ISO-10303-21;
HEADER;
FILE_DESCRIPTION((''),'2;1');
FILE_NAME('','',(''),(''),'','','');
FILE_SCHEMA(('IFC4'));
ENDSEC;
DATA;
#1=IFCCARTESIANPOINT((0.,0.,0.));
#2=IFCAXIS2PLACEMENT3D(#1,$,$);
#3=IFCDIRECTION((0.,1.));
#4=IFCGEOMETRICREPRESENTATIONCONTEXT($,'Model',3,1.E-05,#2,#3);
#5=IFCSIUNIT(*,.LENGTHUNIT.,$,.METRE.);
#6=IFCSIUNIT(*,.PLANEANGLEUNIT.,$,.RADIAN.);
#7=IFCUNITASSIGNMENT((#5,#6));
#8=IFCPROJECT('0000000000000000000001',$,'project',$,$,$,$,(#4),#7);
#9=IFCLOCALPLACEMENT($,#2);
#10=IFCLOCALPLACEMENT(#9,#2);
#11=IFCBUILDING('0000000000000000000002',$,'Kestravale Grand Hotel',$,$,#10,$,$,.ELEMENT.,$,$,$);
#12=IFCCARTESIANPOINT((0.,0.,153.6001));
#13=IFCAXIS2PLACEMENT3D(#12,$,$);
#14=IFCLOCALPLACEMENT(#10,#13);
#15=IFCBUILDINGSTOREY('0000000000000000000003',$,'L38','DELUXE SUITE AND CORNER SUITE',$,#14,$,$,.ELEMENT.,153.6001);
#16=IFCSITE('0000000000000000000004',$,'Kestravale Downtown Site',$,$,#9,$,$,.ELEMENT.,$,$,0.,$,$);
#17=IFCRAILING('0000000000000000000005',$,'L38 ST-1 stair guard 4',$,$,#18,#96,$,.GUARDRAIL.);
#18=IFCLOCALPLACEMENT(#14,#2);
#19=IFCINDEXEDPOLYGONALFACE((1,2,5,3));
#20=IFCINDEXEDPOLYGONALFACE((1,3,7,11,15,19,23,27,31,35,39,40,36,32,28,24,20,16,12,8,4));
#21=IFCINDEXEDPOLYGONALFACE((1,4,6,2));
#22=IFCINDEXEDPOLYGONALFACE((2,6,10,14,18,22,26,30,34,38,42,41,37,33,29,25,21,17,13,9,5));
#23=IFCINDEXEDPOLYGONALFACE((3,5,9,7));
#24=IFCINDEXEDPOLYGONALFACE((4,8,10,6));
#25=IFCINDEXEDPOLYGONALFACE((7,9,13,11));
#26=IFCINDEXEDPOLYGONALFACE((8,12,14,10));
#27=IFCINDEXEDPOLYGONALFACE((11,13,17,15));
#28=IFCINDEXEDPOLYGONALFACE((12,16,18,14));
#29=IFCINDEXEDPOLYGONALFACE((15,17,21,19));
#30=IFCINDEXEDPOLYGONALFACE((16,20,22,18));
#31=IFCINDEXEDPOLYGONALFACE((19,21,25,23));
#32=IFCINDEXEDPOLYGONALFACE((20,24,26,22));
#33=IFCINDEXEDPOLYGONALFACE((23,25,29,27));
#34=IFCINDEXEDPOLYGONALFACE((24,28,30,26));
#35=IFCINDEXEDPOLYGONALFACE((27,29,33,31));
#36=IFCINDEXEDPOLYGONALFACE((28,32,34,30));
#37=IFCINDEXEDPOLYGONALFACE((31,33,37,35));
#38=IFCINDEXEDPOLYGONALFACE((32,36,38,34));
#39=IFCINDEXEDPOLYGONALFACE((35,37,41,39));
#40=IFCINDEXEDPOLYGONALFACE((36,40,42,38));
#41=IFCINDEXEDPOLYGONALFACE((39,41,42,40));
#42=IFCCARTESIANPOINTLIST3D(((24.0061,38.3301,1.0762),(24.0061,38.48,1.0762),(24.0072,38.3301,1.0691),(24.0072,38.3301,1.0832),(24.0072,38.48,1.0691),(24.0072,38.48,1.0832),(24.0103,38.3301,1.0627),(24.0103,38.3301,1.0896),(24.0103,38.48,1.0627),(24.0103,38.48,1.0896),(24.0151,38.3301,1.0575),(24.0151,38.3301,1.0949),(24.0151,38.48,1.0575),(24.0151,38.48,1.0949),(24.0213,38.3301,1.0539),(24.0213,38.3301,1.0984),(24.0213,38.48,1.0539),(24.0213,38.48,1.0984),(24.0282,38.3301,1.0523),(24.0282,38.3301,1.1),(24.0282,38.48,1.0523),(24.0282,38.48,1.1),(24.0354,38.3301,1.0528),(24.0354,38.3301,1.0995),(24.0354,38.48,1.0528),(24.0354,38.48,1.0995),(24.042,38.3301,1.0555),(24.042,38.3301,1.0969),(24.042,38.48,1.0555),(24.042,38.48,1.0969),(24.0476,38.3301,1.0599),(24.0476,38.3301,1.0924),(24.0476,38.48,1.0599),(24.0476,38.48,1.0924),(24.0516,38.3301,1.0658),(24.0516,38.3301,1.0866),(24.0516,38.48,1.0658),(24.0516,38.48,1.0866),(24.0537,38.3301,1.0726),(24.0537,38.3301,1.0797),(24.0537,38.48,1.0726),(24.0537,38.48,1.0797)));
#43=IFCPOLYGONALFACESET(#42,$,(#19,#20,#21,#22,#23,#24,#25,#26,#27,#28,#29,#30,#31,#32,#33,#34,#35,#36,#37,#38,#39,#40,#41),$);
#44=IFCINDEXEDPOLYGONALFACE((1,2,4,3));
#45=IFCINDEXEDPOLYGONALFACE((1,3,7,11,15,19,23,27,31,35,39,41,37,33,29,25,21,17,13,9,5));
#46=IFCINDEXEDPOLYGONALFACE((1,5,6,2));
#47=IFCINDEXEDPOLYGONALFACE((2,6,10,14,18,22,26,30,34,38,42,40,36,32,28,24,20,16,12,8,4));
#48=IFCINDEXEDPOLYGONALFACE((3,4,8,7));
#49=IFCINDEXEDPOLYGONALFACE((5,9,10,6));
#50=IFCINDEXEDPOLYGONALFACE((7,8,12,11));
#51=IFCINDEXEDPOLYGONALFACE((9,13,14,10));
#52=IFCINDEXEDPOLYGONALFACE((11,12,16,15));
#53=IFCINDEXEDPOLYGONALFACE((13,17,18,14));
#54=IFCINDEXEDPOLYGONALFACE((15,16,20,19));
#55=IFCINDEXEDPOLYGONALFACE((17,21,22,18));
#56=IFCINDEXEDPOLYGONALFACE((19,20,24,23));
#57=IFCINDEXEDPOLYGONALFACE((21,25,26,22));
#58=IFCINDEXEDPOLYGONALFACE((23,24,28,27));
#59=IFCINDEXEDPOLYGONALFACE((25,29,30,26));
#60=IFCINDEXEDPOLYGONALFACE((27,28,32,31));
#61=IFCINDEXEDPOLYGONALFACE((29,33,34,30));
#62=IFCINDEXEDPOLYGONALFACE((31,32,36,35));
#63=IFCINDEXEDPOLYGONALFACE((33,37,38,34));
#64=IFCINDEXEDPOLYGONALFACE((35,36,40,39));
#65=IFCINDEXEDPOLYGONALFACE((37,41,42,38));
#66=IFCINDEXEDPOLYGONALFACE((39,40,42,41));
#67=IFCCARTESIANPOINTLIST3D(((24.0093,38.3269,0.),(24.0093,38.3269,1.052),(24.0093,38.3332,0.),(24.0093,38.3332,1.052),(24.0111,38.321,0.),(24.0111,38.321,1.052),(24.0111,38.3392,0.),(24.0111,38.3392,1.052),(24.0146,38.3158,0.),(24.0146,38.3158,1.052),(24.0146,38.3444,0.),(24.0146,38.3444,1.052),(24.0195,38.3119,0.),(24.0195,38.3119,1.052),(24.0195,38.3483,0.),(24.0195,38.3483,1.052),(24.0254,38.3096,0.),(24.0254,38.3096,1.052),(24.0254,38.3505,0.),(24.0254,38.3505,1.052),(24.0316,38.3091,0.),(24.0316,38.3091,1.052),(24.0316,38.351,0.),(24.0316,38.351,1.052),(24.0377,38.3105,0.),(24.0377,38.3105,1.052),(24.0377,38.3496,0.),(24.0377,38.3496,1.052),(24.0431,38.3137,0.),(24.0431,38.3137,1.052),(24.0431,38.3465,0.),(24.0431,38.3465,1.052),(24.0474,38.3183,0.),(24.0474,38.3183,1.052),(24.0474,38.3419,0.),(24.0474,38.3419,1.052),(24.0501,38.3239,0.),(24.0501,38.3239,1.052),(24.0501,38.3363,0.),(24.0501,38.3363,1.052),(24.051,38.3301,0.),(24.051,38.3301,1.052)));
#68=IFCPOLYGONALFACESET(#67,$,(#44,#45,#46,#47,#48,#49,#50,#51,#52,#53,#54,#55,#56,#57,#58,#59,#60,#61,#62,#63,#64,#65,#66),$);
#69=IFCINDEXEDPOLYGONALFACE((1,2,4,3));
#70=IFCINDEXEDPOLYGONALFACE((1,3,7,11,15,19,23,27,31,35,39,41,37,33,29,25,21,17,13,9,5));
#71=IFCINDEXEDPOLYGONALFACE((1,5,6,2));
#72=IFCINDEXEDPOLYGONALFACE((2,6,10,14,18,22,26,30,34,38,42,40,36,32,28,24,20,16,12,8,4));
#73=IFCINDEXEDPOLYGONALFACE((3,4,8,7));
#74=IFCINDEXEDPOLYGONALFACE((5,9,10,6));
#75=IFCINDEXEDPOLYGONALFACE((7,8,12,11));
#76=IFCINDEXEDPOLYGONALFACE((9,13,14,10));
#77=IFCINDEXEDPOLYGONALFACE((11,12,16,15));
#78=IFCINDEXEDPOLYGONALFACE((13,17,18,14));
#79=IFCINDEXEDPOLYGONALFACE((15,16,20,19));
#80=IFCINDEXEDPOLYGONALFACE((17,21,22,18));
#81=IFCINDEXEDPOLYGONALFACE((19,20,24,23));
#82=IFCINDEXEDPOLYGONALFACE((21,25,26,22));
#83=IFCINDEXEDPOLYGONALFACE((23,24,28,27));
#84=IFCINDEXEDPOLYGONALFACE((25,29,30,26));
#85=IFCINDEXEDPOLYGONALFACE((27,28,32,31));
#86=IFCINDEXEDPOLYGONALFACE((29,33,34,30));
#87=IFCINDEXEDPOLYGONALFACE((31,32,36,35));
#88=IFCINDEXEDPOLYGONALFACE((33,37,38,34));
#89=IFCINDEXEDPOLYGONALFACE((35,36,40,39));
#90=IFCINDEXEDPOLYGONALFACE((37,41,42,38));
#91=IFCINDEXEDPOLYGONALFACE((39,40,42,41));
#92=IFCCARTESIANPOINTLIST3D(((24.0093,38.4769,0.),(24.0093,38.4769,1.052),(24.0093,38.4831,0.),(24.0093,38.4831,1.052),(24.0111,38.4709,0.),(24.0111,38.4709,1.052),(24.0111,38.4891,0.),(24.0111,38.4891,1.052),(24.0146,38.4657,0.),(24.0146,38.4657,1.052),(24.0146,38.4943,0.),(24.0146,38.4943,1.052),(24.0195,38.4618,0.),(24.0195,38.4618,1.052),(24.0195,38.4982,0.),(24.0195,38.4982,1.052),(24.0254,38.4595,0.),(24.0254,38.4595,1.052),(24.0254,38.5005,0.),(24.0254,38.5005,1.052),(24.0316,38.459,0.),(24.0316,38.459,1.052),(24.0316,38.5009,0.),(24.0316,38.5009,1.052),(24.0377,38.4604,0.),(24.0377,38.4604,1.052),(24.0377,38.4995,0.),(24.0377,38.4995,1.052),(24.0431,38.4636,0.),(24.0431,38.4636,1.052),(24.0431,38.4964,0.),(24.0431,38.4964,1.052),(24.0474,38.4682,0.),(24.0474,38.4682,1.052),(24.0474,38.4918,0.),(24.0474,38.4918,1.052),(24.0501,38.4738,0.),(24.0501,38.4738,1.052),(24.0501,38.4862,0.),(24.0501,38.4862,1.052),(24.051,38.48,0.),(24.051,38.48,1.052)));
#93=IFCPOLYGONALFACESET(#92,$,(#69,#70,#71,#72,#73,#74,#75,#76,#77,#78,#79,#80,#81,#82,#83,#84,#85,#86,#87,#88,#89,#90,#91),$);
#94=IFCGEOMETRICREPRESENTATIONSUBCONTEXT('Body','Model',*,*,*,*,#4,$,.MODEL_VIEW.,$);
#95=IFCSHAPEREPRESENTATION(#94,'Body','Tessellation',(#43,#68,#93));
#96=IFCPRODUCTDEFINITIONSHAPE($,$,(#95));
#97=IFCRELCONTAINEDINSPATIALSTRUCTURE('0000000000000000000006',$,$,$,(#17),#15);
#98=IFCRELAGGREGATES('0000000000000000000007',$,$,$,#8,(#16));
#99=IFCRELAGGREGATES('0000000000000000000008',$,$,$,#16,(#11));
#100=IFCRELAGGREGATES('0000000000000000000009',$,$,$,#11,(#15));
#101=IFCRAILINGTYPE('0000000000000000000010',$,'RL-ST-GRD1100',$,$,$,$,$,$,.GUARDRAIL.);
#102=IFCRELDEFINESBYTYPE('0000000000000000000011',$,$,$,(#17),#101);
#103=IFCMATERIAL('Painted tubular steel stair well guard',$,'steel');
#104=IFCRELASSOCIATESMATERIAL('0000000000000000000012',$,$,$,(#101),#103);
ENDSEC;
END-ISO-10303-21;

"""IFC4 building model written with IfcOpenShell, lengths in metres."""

from ifc_helpers import new_model, si_unit, direction, frame, origin, origin_2d, place, context, subcontext, project, spatial, circle, extrude, material, type_object, element, save


model = new_model("IFC4")

# Units and contexts
model_context = context("Model", 3, precision=1e-05, world=origin(), true_north=direction((0.0, 1.0)))
body_context = subcontext(model_context, "Body", "Model", "MODEL_VIEW")
ifc_project = project(units=[si_unit("LENGTHUNIT", "METRE"), si_unit("PLANEANGLEUNIT", "RADIAN")], contexts=[model_context])

# Site, building, storey
site_placement = place(None, origin())
site = spatial("IfcSite", under=ifc_project, at=site_placement, Name="Kestravale Downtown Site", CompositionType="ELEMENT", RefElevation=0.0)
building_placement = place(site_placement, origin())
building = spatial("IfcBuilding", under=site, at=building_placement, Name="Kestravale Grand Hotel", CompositionType="ELEMENT")
storey_placement = place(building_placement, frame((0.0, 0.0, 153.6001)))
storey = spatial("IfcBuildingStorey", under=building, at=storey_placement, Name="L38", Description="DELUXE SUITE AND CORNER SUITE", CompositionType="ELEMENT", Elevation=153.6001)

# Railing
ifc_material_1 = material(Name="Painted tubular steel stair well guard", Category="steel")
railing_type_1 = type_object("IfcRailingType", Name="RL-ST-GRD1100", PredefinedType="GUARDRAIL", material=ifc_material_1)
railing_1_placement = place(storey_placement, frame((24.03, 38.3301, 0.0)))
element("IfcRailing", 1, at=railing_1_placement, inside=storey, type_object=railing_type_1, Name="L38 ST-1 stair guard 4", PredefinedType="GUARDRAIL", context=body_context, shape_type="SweptSolid", body=[
    extrude(circle(Radius=0.0239, at=origin_2d()), frame((0.0, 0.0, 1.0762), z_axis=(0.0, 1.0, 0.0), x_axis=(-1.0, 0.0, 0.0)), (0.0, 0.0, 1.0), 0.1499),
    extrude(circle(Radius=0.021, at=origin_2d()), origin(), (0.0, 0.0, 1.0), 1.052),
    extrude(circle(Radius=0.021, at=origin_2d()), frame((0.0, 0.1499, 0.0)), (0.0, 0.0, 1.0), 1.052),
])

save(model, "model.ifc")
